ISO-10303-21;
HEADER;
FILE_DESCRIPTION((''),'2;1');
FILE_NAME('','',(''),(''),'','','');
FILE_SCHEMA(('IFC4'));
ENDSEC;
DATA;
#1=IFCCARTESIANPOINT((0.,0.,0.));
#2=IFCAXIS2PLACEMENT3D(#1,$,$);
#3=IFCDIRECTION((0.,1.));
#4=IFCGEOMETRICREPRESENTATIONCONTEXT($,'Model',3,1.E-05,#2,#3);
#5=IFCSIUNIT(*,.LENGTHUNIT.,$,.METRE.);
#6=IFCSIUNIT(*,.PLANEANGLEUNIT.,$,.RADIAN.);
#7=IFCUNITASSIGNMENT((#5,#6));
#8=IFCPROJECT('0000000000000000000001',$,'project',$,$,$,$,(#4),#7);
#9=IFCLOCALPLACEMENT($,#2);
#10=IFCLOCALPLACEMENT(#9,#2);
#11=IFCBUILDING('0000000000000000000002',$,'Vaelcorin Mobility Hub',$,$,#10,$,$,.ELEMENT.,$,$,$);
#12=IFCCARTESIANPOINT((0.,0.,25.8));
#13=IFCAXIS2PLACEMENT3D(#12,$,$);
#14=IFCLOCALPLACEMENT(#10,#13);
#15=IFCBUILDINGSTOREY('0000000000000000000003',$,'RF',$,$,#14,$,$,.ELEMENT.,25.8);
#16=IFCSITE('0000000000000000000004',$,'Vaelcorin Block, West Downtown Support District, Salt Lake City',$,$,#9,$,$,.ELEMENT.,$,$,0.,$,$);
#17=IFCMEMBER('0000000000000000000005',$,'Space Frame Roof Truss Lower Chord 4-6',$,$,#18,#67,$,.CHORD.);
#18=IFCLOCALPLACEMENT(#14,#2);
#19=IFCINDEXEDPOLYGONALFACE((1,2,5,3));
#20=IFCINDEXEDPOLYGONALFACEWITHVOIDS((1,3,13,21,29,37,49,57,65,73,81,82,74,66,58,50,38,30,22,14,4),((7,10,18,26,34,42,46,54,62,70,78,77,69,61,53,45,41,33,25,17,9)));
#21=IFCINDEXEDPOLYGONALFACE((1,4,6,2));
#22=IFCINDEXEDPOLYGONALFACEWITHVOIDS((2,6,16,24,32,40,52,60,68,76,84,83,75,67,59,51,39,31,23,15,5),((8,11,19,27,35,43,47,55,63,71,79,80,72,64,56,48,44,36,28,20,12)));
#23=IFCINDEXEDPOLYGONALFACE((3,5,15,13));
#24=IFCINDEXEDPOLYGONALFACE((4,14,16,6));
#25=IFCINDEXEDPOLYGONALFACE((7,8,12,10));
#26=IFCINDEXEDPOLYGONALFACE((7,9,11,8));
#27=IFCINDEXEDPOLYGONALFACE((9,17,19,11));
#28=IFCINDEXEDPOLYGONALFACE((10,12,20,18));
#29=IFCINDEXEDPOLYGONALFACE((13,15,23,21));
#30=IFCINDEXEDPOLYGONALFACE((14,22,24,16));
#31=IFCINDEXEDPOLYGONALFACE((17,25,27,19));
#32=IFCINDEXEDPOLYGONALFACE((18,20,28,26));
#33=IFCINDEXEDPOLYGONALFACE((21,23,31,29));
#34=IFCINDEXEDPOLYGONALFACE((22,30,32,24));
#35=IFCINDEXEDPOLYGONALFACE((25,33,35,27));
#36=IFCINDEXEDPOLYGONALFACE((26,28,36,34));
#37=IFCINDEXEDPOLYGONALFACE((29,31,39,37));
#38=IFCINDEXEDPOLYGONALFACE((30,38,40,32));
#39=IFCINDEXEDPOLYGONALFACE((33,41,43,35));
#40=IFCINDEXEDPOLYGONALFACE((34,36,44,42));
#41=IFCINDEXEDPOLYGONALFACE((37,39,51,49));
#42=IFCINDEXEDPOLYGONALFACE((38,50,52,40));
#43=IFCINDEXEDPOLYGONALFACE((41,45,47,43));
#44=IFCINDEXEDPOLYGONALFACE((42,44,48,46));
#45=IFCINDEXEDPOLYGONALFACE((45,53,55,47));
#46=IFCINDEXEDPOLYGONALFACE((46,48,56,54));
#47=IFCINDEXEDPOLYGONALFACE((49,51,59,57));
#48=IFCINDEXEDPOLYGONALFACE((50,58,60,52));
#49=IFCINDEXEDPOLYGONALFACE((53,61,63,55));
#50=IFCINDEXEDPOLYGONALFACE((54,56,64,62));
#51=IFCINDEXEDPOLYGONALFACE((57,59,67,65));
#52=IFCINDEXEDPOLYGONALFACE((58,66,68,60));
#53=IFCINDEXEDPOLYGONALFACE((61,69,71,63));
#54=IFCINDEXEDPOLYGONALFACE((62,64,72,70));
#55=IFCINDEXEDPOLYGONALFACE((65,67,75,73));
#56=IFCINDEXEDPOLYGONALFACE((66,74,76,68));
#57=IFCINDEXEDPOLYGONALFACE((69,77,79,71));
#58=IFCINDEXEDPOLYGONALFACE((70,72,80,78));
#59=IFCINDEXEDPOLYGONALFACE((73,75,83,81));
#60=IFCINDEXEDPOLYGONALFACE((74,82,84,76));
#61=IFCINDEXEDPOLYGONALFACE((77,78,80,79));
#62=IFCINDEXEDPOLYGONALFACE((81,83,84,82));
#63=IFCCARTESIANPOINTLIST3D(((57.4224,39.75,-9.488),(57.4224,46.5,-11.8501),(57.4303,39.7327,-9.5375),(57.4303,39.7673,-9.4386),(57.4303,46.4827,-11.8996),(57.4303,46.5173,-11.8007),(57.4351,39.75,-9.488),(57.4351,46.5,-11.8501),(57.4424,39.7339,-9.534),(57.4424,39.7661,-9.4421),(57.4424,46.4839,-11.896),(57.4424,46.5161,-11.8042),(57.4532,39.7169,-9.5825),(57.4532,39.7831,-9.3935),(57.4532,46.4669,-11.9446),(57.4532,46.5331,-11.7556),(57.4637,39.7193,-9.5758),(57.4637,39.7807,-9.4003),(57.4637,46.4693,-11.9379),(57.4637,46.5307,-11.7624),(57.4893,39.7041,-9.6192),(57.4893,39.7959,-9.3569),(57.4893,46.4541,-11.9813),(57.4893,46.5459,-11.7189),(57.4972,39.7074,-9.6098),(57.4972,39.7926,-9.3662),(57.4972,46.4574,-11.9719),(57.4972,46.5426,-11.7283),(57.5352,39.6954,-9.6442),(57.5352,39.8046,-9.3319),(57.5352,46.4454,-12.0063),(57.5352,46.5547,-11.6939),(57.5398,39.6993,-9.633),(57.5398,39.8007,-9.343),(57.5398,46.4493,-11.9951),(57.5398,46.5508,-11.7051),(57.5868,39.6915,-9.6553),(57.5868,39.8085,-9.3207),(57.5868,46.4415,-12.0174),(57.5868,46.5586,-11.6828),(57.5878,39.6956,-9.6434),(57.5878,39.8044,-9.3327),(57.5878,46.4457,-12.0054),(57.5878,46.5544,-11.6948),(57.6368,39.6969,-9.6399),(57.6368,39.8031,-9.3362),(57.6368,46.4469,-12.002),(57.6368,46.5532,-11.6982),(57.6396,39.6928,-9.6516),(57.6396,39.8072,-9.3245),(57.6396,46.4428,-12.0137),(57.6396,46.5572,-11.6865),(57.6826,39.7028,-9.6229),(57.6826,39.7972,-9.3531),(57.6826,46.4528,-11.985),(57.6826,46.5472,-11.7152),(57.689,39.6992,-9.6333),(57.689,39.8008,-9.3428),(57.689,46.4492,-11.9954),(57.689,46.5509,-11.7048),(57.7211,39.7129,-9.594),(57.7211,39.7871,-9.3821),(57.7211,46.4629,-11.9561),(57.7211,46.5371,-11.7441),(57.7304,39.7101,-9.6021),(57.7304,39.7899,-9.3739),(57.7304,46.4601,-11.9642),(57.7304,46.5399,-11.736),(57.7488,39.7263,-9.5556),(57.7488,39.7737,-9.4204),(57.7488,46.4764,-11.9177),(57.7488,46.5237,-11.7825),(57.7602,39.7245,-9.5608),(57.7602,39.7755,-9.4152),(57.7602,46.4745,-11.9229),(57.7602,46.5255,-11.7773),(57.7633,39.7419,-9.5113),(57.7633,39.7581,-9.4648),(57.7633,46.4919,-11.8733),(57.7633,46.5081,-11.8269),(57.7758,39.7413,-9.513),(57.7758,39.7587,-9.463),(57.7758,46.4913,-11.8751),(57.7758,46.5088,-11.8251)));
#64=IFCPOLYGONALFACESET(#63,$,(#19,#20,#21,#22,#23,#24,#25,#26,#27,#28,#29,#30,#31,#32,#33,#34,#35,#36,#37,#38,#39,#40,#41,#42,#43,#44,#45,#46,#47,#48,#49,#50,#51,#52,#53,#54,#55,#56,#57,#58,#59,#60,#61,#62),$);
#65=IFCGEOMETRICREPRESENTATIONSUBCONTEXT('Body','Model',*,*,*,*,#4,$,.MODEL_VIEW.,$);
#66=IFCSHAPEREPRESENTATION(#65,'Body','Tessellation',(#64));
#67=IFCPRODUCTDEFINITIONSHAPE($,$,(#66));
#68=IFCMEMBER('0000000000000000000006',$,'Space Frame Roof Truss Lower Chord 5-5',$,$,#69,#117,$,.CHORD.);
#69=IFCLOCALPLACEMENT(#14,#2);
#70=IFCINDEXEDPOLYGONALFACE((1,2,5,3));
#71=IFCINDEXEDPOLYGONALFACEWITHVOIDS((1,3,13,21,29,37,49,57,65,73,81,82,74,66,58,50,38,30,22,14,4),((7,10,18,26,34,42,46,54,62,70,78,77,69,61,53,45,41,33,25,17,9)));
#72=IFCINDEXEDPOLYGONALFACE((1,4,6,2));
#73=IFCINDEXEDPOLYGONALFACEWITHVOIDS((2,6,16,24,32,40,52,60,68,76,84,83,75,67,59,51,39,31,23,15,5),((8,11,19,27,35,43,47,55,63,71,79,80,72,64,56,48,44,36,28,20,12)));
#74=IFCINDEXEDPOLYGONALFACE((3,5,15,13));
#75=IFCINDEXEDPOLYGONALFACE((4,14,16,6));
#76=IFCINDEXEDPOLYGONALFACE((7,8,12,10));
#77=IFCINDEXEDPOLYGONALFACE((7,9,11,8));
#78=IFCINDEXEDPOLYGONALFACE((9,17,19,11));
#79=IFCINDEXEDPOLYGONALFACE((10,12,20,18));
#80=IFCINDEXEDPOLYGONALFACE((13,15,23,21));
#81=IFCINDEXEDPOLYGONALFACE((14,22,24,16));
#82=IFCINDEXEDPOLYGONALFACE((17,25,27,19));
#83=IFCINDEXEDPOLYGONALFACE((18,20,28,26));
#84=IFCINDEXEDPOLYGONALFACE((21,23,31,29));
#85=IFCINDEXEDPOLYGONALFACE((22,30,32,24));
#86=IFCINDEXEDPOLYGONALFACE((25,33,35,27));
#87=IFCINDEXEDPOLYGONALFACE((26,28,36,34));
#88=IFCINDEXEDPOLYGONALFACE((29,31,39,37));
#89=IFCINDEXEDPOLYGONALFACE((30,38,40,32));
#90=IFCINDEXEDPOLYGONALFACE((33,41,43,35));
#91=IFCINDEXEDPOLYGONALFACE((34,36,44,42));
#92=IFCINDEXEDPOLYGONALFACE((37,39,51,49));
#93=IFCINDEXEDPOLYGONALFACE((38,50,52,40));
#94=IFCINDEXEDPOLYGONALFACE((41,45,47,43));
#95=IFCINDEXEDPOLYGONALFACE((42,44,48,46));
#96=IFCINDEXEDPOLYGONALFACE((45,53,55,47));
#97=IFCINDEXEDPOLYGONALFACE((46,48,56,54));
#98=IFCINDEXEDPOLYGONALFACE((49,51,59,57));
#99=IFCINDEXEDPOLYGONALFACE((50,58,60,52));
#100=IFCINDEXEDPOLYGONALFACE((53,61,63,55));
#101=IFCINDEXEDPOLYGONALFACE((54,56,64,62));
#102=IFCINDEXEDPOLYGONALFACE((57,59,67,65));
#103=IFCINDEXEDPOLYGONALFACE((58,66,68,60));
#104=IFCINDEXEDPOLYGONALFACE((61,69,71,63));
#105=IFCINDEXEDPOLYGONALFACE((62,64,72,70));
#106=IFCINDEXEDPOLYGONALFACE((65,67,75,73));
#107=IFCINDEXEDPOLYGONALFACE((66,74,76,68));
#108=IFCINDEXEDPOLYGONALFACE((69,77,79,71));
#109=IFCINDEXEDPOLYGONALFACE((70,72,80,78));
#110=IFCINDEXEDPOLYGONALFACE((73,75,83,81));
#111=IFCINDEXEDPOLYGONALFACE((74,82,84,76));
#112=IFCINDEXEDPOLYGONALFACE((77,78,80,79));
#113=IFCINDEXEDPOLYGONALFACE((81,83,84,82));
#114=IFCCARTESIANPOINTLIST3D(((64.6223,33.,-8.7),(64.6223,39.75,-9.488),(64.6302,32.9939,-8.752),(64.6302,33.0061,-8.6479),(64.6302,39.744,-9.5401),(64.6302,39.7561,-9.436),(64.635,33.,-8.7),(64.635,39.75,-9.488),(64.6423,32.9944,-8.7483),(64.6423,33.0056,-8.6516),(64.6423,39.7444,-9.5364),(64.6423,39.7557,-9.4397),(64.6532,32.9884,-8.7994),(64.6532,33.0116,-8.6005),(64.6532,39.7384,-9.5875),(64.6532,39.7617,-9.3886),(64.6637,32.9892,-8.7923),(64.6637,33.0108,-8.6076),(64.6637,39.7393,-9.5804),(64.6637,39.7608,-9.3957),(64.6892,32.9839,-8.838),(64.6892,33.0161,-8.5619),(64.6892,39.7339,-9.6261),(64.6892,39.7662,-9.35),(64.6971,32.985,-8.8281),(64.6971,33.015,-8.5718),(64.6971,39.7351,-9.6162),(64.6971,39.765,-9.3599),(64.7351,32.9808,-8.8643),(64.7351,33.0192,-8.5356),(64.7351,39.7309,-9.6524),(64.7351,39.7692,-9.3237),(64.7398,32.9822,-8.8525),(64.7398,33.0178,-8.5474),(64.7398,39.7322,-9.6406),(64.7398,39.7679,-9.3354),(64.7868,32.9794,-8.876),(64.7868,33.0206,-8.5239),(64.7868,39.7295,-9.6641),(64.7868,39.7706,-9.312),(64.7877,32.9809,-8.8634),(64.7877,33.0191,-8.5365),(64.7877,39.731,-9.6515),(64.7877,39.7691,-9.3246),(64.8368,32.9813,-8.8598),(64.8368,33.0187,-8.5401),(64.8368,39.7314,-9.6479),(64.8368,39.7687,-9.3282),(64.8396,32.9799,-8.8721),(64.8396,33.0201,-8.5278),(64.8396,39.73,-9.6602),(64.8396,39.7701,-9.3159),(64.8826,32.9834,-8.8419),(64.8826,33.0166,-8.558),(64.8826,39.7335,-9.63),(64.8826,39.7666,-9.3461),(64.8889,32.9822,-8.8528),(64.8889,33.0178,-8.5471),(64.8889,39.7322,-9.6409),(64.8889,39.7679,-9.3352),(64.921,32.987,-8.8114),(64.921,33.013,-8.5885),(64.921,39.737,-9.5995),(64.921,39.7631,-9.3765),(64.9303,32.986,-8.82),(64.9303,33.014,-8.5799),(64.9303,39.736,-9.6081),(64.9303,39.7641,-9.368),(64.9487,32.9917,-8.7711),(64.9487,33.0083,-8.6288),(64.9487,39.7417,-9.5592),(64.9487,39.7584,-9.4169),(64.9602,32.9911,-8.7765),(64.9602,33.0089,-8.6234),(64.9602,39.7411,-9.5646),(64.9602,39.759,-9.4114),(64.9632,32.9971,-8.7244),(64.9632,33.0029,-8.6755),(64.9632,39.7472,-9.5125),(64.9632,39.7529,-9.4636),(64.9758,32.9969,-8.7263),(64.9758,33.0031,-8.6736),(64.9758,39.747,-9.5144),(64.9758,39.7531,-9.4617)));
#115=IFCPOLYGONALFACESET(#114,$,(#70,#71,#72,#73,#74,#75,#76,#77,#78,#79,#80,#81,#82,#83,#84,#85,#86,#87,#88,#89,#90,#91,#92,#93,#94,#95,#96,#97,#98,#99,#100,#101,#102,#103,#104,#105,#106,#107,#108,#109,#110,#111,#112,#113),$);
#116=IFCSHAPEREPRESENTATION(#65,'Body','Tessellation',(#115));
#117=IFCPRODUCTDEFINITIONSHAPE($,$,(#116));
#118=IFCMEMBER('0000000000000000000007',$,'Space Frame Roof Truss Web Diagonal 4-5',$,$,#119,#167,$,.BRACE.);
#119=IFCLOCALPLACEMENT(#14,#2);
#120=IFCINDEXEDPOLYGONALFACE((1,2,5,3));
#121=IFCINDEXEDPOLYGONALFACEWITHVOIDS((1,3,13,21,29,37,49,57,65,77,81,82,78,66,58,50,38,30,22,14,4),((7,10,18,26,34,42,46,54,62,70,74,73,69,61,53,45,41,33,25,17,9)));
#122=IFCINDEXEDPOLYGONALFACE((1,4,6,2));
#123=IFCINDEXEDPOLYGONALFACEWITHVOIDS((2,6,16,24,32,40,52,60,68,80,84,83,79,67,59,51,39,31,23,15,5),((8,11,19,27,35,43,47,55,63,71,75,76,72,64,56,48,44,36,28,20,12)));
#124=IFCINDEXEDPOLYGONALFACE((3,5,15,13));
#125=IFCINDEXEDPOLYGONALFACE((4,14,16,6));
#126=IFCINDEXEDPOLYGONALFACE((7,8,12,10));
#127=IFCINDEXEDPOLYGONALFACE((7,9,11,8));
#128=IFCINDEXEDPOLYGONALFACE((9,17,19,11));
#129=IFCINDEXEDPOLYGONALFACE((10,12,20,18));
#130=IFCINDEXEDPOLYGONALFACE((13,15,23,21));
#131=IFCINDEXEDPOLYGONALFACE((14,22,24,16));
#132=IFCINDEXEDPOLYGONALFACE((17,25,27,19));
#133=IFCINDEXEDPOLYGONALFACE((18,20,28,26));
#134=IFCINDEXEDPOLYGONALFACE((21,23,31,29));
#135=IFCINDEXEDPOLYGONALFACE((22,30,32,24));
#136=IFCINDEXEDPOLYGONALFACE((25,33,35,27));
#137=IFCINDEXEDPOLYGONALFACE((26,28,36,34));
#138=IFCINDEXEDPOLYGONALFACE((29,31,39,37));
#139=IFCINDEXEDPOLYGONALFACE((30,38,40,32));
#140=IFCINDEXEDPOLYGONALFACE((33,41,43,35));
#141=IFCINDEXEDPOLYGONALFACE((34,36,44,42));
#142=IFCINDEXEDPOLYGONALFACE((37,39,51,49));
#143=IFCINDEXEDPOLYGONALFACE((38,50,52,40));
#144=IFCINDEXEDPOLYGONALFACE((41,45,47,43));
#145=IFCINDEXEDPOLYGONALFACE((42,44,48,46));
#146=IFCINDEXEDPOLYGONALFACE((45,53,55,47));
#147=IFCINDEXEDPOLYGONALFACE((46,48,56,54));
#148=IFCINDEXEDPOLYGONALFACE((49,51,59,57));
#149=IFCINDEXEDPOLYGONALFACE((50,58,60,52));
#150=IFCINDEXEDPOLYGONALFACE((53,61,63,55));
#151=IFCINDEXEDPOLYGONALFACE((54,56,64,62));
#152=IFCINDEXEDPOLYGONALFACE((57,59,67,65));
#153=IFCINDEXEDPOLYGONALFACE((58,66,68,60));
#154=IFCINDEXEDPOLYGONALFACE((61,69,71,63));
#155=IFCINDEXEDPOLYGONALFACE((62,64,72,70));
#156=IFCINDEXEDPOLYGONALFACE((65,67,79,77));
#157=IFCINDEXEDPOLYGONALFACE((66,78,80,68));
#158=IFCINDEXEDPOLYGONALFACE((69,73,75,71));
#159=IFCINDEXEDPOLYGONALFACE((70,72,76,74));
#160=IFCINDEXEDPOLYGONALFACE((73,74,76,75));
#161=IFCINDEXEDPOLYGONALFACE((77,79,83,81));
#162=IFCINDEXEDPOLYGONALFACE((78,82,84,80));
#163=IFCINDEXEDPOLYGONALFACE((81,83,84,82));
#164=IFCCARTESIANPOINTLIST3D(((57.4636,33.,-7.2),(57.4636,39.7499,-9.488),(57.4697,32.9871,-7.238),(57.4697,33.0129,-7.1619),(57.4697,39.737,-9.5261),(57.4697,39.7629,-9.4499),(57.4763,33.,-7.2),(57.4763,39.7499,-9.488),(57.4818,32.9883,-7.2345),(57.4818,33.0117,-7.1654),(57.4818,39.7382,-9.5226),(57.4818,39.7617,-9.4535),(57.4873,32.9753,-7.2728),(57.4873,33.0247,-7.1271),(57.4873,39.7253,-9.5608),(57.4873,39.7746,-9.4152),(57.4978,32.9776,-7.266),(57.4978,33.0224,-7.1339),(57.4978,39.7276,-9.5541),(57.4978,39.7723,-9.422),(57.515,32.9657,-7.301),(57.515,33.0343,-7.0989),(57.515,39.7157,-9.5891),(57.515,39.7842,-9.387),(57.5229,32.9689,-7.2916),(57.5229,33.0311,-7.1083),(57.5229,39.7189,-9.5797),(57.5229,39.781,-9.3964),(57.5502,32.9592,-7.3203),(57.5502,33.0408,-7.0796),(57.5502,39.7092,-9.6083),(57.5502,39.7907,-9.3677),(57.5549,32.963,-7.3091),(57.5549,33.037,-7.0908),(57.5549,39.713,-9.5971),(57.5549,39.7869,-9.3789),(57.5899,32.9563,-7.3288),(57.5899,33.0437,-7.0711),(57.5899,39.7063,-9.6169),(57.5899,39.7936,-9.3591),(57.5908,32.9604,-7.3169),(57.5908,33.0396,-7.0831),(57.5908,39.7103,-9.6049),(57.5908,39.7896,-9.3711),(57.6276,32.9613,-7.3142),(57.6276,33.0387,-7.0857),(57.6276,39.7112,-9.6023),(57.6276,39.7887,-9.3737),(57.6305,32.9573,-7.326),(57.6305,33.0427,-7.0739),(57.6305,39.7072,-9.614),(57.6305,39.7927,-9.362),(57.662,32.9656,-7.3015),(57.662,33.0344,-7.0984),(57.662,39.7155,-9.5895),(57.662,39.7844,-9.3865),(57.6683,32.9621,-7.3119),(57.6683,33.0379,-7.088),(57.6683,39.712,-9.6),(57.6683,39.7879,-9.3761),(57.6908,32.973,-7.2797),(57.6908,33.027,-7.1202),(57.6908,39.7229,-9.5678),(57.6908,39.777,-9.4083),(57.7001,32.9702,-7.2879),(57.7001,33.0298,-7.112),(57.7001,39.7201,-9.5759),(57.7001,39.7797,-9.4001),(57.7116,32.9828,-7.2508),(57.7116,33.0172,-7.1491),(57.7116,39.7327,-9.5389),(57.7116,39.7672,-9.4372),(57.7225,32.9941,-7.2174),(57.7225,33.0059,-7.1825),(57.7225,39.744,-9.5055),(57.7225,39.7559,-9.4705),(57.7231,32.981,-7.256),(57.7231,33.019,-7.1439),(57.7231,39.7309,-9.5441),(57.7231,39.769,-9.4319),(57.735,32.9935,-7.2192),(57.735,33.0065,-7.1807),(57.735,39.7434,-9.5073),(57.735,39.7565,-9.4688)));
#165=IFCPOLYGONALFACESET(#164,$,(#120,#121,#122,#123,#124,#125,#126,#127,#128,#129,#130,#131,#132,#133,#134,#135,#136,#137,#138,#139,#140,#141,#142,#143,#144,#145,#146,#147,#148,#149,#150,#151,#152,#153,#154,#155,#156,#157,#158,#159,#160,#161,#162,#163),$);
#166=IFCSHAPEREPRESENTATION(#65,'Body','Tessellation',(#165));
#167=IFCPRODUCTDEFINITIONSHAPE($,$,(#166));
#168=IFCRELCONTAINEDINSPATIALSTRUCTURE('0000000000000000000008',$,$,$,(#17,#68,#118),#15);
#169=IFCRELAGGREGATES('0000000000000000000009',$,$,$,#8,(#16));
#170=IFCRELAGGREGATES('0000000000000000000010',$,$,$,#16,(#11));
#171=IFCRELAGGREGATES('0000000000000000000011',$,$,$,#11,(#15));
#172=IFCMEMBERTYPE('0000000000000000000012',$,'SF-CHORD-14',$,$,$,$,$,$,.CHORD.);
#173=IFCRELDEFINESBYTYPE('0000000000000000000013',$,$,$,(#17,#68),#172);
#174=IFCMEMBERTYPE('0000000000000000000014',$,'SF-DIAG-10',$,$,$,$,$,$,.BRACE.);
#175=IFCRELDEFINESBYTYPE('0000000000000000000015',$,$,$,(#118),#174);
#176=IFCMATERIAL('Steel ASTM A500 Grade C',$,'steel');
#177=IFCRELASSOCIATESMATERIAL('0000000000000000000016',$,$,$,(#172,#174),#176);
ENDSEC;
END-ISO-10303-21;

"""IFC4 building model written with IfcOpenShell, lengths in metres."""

from ifc_helpers import new_model, si_unit, direction, frame, origin, origin_2d, place, context, subcontext, project, spatial, hollow_circle, extrude, material, material_profile, profile_set, type_object, element, save


model = new_model("IFC4")

# Units and contexts
model_context = context("Model", 3, precision=1e-05, world=origin(), true_north=direction((0.0, 1.0)))
body_context = subcontext(model_context, "Body", "Model", "MODEL_VIEW")
ifc_project = project(units=[si_unit("LENGTHUNIT", "METRE"), si_unit("PLANEANGLEUNIT", "RADIAN")], contexts=[model_context])

# Site, building, storey
site_placement = place(None, origin())
site = spatial("IfcSite", under=ifc_project, at=site_placement, Name="Vaelcorin Block, West Downtown Support District, Salt Lake City", CompositionType="ELEMENT", RefElevation=0.0)
building_placement = place(site_placement, origin())
building = spatial("IfcBuilding", under=site, at=building_placement, Name="Vaelcorin Mobility Hub", CompositionType="ELEMENT")
storey_placement = place(building_placement, frame((0.0, 0.0, 25.8)))
storey = spatial("IfcBuildingStorey", under=building, at=storey_placement, Name="RF", CompositionType="ELEMENT", Elevation=25.8)

# Members
ifc_material_1 = material(Name="Steel ASTM A500 Grade C", Category="steel")
ifc_material_profile_1 = material_profile(ifc_material_1, hollow_circle(Radius=0.1777, WallThickness=0.0127, at=origin_2d()), Name="HSS14.000X0.500")
ifc_profile_set_1 = profile_set([ifc_material_profile_1], Name="Steel ASTM A500 Grade C")
member_type_1 = type_object("IfcMemberType", Name="SF-CHORD-14", PredefinedType="CHORD", material=ifc_profile_set_1)
member_1_placement = place(storey_placement, frame((57.6001, 39.75, -9.488), z_axis=(0.0, 0.943878, -0.330296), x_axis=(-1.0, 0.0, 0.0)))
element("IfcMember", 1, at=member_1_placement, inside=storey, type_object=member_type_1, Name="Space Frame Roof Truss Lower Chord 4-6", PredefinedType="CHORD", context=body_context, shape_type="SweptSolid", body=[
    extrude(hollow_circle(Radius=0.1777, WallThickness=0.0127, at=origin_2d()), origin(), (0.0, 0.0, 1.0), 7.1514),
])
member_2_placement = place(storey_placement, frame((64.8, 33.0, -8.7), z_axis=(0.0, 0.993253, -0.115966), x_axis=(-1.0, 0.0, 0.0)))
element("IfcMember", 2, at=member_2_placement, inside=storey, type_object=member_type_1, Name="Space Frame Roof Truss Lower Chord 5-5", PredefinedType="CHORD", context=body_context, shape_type="SweptSolid", body=[
    extrude(hollow_circle(Radius=0.1777, WallThickness=0.0127, at=origin_2d()), origin(), (0.0, 0.0, 1.0), 6.7959),
])
ifc_material_profile_2 = material_profile(ifc_material_1, hollow_circle(Radius=0.1365, WallThickness=0.0127, at=origin_2d()), Name="HSS10.750X0.500")
ifc_profile_set_2 = profile_set([ifc_material_profile_2], Name="Steel ASTM A500 Grade C")
member_type_2 = type_object("IfcMemberType", Name="SF-DIAG-10", PredefinedType="BRACE", material=ifc_profile_set_2)
member_3_placement = place(storey_placement, frame((57.6001, 33.0, -7.2), z_axis=(0.0, 0.947068, -0.321033), x_axis=(-1.0, 0.0, 0.0)))
element("IfcMember", 3, at=member_3_placement, inside=storey, type_object=member_type_2, Name="Space Frame Roof Truss Web Diagonal 4-5", PredefinedType="BRACE", context=body_context, shape_type="SweptSolid", body=[
    extrude(hollow_circle(Radius=0.1365, WallThickness=0.0127, at=origin_2d()), origin(), (0.0, 0.0, 1.0), 7.1272),
])

save(model, "model.ifc")
